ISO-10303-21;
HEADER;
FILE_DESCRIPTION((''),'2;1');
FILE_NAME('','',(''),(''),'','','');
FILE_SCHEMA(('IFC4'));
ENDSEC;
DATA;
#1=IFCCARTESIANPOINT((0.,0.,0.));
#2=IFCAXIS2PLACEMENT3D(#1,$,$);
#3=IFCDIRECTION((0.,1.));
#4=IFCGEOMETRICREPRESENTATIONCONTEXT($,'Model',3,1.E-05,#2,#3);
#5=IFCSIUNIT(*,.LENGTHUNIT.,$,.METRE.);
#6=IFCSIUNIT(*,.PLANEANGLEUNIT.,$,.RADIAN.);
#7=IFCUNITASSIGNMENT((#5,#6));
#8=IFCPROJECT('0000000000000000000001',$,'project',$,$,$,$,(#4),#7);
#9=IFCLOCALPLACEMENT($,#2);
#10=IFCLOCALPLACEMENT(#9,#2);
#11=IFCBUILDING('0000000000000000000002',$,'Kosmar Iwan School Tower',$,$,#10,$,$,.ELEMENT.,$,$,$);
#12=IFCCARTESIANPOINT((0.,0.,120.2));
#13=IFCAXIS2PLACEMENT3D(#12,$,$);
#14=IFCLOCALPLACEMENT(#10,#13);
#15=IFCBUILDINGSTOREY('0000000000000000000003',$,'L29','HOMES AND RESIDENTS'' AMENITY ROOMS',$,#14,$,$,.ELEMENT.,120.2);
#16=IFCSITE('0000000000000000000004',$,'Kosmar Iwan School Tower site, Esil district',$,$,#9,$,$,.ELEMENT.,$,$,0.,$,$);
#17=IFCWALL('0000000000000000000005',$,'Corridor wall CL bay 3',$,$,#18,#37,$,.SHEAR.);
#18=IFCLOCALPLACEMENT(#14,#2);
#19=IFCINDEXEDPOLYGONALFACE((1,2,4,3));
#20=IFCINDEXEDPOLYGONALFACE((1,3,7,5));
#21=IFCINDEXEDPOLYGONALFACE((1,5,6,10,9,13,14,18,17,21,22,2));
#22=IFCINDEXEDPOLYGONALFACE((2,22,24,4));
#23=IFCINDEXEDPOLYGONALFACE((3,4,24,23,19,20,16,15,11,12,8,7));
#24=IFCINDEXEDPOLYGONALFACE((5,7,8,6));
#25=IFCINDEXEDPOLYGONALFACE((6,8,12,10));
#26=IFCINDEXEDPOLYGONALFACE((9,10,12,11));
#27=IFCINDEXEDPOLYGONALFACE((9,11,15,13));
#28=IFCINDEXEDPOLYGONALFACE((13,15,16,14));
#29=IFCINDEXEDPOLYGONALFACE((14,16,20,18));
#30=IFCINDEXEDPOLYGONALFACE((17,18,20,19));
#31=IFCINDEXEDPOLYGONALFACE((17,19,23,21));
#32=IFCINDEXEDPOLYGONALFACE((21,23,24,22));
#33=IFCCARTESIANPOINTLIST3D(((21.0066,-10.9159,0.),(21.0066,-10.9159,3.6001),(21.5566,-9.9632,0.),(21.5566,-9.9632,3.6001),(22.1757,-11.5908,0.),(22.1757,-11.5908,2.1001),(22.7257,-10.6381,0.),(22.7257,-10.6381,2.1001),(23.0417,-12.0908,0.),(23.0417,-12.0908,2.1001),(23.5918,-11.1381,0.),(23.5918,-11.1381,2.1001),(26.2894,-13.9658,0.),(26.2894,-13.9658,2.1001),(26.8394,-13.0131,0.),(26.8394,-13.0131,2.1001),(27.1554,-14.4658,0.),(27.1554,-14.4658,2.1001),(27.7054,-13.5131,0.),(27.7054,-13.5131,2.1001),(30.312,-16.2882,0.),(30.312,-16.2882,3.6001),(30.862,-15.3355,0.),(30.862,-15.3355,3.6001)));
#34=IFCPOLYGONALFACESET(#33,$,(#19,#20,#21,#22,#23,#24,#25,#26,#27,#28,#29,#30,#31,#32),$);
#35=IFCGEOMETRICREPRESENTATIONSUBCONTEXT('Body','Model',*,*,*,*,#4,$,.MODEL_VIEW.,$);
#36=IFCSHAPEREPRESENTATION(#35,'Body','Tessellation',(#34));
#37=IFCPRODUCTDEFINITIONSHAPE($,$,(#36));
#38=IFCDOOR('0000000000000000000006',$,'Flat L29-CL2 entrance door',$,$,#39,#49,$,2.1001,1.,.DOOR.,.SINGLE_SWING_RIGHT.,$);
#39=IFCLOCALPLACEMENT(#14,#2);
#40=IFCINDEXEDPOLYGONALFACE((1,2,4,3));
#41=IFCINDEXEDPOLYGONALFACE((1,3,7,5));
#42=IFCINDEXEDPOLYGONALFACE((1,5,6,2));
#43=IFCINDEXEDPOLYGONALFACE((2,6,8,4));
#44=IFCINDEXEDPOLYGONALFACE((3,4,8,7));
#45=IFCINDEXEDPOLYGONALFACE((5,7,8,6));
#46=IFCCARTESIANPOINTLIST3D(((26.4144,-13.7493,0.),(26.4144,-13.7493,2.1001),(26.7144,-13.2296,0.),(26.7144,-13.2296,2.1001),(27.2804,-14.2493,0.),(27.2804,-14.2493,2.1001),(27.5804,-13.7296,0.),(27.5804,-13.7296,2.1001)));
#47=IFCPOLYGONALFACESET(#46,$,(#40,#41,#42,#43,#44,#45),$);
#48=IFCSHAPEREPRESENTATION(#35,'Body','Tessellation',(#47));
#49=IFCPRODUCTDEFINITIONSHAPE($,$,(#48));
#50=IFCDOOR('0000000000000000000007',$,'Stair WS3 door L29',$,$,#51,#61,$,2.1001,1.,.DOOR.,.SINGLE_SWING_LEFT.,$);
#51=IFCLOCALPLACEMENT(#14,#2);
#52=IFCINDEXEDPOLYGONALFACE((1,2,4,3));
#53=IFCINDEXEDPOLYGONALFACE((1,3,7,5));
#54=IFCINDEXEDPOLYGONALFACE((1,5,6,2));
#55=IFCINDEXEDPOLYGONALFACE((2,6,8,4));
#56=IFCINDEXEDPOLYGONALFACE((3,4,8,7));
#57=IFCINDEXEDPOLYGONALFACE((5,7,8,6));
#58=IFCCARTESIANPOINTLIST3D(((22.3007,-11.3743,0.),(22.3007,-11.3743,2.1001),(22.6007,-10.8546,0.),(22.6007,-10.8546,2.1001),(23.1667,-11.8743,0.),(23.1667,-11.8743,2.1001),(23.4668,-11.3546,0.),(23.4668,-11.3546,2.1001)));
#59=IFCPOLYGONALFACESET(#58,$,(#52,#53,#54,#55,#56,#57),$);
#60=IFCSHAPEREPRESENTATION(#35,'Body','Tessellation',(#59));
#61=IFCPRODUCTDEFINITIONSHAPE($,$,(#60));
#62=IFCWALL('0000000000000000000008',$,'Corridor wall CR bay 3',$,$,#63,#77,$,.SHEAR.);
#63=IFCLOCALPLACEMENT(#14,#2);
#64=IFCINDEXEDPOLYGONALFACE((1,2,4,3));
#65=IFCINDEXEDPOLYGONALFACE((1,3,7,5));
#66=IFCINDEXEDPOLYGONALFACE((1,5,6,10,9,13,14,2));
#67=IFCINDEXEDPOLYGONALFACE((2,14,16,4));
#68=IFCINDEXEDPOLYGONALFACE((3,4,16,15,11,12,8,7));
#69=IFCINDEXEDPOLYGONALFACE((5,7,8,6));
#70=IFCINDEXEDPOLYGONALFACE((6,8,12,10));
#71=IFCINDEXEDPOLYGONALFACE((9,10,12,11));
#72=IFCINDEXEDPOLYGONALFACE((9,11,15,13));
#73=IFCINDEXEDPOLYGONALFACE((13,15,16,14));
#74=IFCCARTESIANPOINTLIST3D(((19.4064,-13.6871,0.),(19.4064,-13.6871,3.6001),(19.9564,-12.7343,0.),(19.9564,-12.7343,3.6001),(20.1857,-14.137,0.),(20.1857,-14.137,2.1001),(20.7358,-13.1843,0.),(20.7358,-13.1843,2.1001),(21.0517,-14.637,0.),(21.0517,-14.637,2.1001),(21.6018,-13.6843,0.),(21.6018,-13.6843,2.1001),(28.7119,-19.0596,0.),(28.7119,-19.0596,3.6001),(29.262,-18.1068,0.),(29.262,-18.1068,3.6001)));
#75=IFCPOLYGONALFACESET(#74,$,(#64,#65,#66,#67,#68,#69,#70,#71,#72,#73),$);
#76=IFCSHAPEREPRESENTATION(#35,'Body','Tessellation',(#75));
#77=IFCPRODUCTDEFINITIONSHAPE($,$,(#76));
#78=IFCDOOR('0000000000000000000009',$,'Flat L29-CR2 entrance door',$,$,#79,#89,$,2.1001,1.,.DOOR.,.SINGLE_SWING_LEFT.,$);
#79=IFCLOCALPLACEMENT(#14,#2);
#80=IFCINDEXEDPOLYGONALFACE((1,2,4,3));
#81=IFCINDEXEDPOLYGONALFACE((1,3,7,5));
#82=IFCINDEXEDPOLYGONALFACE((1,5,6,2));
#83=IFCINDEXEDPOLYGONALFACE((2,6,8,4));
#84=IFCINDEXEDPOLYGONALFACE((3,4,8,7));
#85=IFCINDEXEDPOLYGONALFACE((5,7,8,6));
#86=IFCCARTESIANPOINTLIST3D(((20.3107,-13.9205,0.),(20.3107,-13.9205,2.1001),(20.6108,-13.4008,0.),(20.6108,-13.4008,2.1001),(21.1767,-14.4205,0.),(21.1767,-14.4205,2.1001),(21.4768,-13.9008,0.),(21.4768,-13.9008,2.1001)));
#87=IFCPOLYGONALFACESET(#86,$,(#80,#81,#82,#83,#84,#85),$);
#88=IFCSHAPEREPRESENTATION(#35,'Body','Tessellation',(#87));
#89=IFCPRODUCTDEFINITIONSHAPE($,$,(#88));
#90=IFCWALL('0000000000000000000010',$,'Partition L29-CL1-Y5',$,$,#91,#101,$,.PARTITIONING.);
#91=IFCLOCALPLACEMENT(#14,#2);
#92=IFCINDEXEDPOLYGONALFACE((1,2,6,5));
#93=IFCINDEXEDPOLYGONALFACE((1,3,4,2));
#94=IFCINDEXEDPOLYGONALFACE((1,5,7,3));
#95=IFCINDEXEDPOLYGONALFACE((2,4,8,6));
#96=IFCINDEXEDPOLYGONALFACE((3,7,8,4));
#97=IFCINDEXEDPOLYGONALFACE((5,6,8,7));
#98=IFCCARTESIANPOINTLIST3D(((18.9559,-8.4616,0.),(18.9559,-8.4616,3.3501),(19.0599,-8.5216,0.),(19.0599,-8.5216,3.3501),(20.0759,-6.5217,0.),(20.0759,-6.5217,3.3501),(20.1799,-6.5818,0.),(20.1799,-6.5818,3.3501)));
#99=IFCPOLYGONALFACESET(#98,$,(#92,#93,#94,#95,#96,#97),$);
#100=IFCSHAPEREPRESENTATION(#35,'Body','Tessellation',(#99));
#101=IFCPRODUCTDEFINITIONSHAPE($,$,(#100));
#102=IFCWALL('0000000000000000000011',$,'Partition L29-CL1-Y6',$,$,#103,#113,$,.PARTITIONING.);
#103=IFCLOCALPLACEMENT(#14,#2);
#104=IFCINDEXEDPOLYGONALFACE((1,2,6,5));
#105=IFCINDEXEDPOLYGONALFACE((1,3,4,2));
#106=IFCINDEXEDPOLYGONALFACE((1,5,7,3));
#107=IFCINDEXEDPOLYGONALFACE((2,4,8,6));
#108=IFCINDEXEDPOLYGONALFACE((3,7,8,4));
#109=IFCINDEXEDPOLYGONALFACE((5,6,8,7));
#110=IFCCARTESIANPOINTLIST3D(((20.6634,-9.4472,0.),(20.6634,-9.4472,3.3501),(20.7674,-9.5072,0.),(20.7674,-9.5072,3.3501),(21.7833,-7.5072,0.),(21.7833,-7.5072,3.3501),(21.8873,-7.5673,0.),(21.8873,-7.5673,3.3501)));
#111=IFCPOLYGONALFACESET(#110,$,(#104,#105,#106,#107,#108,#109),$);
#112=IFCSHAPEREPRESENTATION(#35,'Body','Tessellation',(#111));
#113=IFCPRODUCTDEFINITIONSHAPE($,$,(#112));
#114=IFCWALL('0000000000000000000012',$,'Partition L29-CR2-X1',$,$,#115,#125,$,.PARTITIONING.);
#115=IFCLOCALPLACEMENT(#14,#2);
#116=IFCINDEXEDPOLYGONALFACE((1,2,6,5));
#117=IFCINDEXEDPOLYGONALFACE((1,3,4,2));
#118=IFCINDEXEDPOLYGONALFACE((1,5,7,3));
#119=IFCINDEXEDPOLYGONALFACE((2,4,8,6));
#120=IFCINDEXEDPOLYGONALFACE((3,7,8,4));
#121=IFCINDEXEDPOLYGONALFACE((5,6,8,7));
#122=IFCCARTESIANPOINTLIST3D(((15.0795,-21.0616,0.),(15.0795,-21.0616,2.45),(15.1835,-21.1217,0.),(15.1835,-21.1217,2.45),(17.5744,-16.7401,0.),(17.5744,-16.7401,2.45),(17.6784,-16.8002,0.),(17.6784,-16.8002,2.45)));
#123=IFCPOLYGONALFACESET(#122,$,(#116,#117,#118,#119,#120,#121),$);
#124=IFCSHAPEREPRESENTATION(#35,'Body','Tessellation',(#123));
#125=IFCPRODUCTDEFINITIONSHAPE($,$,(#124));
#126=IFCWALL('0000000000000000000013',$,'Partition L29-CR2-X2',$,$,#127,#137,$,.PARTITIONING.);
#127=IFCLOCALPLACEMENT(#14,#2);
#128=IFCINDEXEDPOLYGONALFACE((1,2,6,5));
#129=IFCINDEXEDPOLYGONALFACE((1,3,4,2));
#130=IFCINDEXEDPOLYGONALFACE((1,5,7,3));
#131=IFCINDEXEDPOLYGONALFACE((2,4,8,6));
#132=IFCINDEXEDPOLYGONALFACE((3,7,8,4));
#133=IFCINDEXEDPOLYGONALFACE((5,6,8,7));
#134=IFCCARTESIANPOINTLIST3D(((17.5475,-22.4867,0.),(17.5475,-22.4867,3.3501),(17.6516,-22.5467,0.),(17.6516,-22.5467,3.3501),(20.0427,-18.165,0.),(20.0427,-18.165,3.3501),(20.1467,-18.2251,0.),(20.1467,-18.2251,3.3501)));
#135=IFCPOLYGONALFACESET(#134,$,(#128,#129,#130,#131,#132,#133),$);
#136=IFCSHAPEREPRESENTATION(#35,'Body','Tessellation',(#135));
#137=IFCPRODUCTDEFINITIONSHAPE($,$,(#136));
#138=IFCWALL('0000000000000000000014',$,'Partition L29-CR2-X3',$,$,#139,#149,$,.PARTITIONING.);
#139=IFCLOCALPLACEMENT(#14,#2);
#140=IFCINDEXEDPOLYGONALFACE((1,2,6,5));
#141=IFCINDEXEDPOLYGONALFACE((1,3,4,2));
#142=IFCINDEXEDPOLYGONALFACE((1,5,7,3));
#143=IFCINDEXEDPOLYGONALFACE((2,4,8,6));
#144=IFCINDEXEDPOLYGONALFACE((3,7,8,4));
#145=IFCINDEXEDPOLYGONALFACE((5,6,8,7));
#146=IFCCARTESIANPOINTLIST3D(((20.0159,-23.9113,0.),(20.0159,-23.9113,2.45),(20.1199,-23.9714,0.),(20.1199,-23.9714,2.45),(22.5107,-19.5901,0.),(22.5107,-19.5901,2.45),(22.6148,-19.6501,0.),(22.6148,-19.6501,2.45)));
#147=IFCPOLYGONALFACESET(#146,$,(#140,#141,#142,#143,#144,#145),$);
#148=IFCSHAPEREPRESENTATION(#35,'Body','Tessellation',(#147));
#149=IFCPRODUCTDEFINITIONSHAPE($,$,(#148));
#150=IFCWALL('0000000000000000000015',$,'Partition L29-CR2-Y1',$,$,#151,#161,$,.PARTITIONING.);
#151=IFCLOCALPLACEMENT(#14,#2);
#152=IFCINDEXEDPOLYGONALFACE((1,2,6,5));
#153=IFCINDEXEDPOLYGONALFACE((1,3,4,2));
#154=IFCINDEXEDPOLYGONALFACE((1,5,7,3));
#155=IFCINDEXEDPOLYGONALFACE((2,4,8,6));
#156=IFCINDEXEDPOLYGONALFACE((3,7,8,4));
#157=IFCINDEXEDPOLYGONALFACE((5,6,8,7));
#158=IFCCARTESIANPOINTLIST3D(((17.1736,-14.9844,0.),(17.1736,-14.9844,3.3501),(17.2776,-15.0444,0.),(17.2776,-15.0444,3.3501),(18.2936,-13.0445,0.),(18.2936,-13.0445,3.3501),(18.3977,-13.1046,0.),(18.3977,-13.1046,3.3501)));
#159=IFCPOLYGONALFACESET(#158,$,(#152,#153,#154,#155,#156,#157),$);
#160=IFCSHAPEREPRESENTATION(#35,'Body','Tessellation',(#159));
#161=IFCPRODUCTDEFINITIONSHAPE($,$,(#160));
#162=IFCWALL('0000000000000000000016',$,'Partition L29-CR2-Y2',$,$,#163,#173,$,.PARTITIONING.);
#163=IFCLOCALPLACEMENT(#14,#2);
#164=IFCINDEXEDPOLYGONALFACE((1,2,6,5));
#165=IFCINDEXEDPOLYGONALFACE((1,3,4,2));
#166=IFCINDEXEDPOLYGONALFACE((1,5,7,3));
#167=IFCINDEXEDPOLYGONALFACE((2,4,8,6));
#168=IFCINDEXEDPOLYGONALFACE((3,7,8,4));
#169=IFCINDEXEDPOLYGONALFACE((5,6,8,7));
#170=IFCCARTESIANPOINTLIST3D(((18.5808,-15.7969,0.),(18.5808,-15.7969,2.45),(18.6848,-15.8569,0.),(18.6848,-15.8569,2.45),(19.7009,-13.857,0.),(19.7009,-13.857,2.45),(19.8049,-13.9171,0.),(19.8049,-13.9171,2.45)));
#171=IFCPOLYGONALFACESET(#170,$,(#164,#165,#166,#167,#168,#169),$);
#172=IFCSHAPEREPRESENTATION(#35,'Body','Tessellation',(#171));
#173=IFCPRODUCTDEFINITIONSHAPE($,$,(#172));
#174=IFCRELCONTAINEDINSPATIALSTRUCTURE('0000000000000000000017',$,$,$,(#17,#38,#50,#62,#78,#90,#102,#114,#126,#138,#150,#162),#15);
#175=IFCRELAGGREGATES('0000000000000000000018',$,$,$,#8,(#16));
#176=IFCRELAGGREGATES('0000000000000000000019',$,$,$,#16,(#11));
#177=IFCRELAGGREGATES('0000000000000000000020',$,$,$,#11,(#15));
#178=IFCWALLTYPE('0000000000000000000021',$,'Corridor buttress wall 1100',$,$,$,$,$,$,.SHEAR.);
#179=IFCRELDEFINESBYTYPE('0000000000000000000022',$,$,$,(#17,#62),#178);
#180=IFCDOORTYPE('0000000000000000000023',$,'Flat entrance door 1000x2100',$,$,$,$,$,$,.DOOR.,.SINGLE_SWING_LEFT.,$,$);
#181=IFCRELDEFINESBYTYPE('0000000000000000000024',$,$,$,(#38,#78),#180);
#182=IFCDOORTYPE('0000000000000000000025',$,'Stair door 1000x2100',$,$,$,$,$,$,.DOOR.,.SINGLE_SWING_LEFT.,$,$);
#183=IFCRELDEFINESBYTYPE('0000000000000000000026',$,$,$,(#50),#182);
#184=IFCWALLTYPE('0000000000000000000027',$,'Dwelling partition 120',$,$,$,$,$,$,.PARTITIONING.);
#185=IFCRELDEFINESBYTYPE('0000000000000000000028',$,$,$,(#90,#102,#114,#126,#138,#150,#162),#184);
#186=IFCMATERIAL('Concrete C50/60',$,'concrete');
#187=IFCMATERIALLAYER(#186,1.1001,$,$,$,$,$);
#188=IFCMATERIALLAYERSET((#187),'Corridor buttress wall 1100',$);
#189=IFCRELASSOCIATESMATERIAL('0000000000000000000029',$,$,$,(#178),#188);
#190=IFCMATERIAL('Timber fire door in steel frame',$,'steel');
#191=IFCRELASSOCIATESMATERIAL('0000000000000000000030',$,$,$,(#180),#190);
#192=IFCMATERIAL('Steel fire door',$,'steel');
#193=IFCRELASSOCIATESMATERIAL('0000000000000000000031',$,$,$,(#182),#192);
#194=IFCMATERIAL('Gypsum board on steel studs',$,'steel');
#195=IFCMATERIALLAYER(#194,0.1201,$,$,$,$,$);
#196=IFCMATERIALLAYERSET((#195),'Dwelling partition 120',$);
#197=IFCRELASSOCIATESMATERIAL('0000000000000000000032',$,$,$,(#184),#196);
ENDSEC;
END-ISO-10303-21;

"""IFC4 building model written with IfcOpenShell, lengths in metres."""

from ifc_helpers import new_model, si_unit, direction, frame, frame_2d, origin, place, context, subcontext, project, spatial, rectangle, extrude, material, layer, layer_set, type_object, element, fill, save


model = new_model("IFC4")

# Units and contexts
model_context = context("Model", 3, precision=1e-05, world=origin(), true_north=direction((0.0, 1.0)))
body_context = subcontext(model_context, "Body", "Model", "MODEL_VIEW")
ifc_project = project(units=[si_unit("LENGTHUNIT", "METRE"), si_unit("PLANEANGLEUNIT", "RADIAN")], contexts=[model_context])

# Site, building, storey
site_placement = place(None, origin())
site = spatial("IfcSite", under=ifc_project, at=site_placement, Name="Kosmar Iwan School Tower site, Esil district", CompositionType="ELEMENT", RefElevation=0.0)
building_placement = place(site_placement, origin())
building = spatial("IfcBuilding", under=site, at=building_placement, Name="Kosmar Iwan School Tower", CompositionType="ELEMENT")
storey_placement = place(building_placement, frame((0.0, 0.0, 120.2)))
storey = spatial("IfcBuildingStorey", under=building, at=storey_placement, Name="L29", Description="HOMES AND RESIDENTS' AMENITY ROOMS", CompositionType="ELEMENT", Elevation=120.2)

# Wall, openings, doors
ifc_material_1 = material(Name="Concrete C50/60", Category="concrete")
ifc_layer_1 = layer(ifc_material_1, 1.1001)
ifc_layer_set_1 = layer_set([ifc_layer_1], Name="Corridor buttress wall 1100")
wall_type_1 = type_object("IfcWallType", Name="Corridor buttress wall 1100", PredefinedType="SHEAR", material=ifc_layer_set_1)
wall_1_placement = place(storey_placement, frame((21.2815, -10.4395, 0.0), z_axis=(0.0, 0.0, 1.0), x_axis=(0.866032, -0.499988, 0.0)))
wall_1 = element("IfcWall", 1, at=wall_1_placement, inside=storey, type_object=wall_type_1, Name="Corridor wall CL bay 3", PredefinedType="SHEAR", context=body_context, shape_type="SweptSolid", body=[
    extrude(rectangle(XDim=10.7449, YDim=1.1001, at=frame_2d((5.3726, 0.0))), origin(), (0.0, 0.0, 1.0), 3.6001),
])
opening_1_placement = place(wall_1_placement, frame((6.1001, 0.0, 0.0)))
opening_1 = element("IfcOpeningElement", 2, at=opening_1_placement, cuts=wall_1, PredefinedType="OPENING", context=body_context, shape_type="SweptSolid", body=[
    extrude(rectangle(XDim=1.0, YDim=2.1001, at=frame_2d((0.5, 1.05))), frame((0.0, 0.562, 0.0), z_axis=(0.0, -1.0, 0.0), x_axis=(1.0, 0.0, 0.0)), (0.0, 0.0, 1.0), 1.124),
])
opening_2_placement = place(wall_1_placement, frame((1.3501, 0.0, 0.0)))
opening_2 = element("IfcOpeningElement", 3, at=opening_2_placement, cuts=wall_1, PredefinedType="OPENING", context=body_context, shape_type="SweptSolid", body=[
    extrude(rectangle(XDim=1.0, YDim=2.1001, at=frame_2d((0.5, 1.05))), frame((0.0, 0.562, 0.0), z_axis=(0.0, -1.0, 0.0), x_axis=(1.0, 0.0, 0.0)), (0.0, 0.0, 1.0), 1.124),
])
ifc_material_2 = material(Name="Timber fire door in steel frame", Category="steel")
door_type_1 = type_object("IfcDoorType", Name="Flat entrance door 1000x2100", OperationType="SINGLE_SWING_LEFT", PredefinedType="DOOR", material=ifc_material_2)
door_1_placement = place(opening_1_placement, origin())
door_1 = element("IfcDoor", 4, at=door_1_placement, inside=storey, type_object=door_type_1, Name="Flat L29-CL2 entrance door", OperationType="SINGLE_SWING_RIGHT", OverallHeight=2.1001, OverallWidth=1.0, PredefinedType="DOOR", context=body_context, shape_type="SweptSolid", body=[
    extrude(rectangle(XDim=1.0, YDim=2.1001, at=frame_2d((0.5, 1.05))), frame((0.0, 0.3, 0.0), z_axis=(0.0, -1.0, 0.0), x_axis=(1.0, 0.0, 0.0)), (0.0, 0.0, 1.0), 0.6001),
])
fill(opening_1, door_1)
ifc_material_3 = material(Name="Steel fire door", Category="steel")
door_type_2 = type_object("IfcDoorType", Name="Stair door 1000x2100", OperationType="SINGLE_SWING_LEFT", PredefinedType="DOOR", material=ifc_material_3)
door_2_placement = place(opening_2_placement, origin())
door_2 = element("IfcDoor", 5, at=door_2_placement, inside=storey, type_object=door_type_2, Name="Stair WS3 door L29", OperationType="SINGLE_SWING_LEFT", OverallHeight=2.1001, OverallWidth=1.0, PredefinedType="DOOR", context=body_context, shape_type="SweptSolid", body=[
    extrude(rectangle(XDim=1.0, YDim=2.1001, at=frame_2d((0.5, 1.05))), frame((0.0, 0.3, 0.0), z_axis=(0.0, -1.0, 0.0), x_axis=(1.0, 0.0, 0.0)), (0.0, 0.0, 1.0), 0.6001),
])
fill(opening_2, door_2)

# Wall, opening, door
wall_2_placement = place(storey_placement, frame((19.6814, -13.2107, 0.0), z_axis=(0.0, 0.0, 1.0), x_axis=(0.866028, -0.499995, 0.0)))
wall_2 = element("IfcWall", 6, at=wall_2_placement, inside=storey, type_object=wall_type_1, Name="Corridor wall CR bay 3", PredefinedType="SHEAR", context=body_context, shape_type="SweptSolid", body=[
    extrude(rectangle(XDim=10.7451, YDim=1.1001, at=frame_2d((5.3726, 0.0))), origin(), (0.0, 0.0, 1.0), 3.6001),
])
opening_3_placement = place(wall_2_placement, frame((0.8999, 0.0, 0.0)))
opening_3 = element("IfcOpeningElement", 7, at=opening_3_placement, cuts=wall_2, PredefinedType="OPENING", context=body_context, shape_type="SweptSolid", body=[
    extrude(rectangle(XDim=1.0, YDim=2.1001, at=frame_2d((0.5, 1.05))), frame((0.0, 0.562, 0.0), z_axis=(0.0, -1.0, 0.0), x_axis=(1.0, 0.0, 0.0)), (0.0, 0.0, 1.0), 1.124),
])
door_3_placement = place(opening_3_placement, origin())
door_3 = element("IfcDoor", 8, at=door_3_placement, inside=storey, type_object=door_type_1, Name="Flat L29-CR2 entrance door", OperationType="SINGLE_SWING_LEFT", OverallHeight=2.1001, OverallWidth=1.0, PredefinedType="DOOR", context=body_context, shape_type="SweptSolid", body=[
    extrude(rectangle(XDim=1.0, YDim=2.1001, at=frame_2d((0.5, 1.05))), frame((0.0, 0.3, 0.0), z_axis=(0.0, -1.0, 0.0), x_axis=(1.0, 0.0, 0.0)), (0.0, 0.0, 1.0), 0.6001),
])
fill(opening_3, door_3)

# Walls
ifc_material_4 = material(Name="Gypsum board on steel studs", Category="steel")
ifc_layer_2 = layer(ifc_material_4, 0.1201)
ifc_layer_set_2 = layer_set([ifc_layer_2], Name="Dwelling partition 120")
wall_type_2 = type_object("IfcWallType", Name="Dwelling partition 120", PredefinedType="PARTITIONING", material=ifc_layer_set_2)
for number, where, z_axis, x_axis, name in (
    (9, (19.0078, -8.4917, 0.0), (0.0, 0.0, 1.0), (0.500031, 0.866008, 0.0), "Partition L29-CL1-Y5"),
    (10, (20.7153, -9.4773, 0.0), (0.0, 0.0, 1.0), (0.499949, 0.866055, 0.0), "Partition L29-CL1-Y6"),
):
    element("IfcWall", number, at=place(storey_placement, frame(where, z_axis=z_axis, x_axis=x_axis)), inside=storey, type_object=wall_type_2, Name=name, PredefinedType="PARTITIONING", context=body_context, shape_type="SweptSolid", body=[
        extrude(rectangle(XDim=2.24, YDim=0.1201, at=frame_2d((1.1201, 0.0))), origin(), (0.0, 0.0, 1.0), 3.3501),
    ])
wall_3_placement = place(storey_placement, frame((17.6265, -16.77, 0.0), z_axis=(0.0, 0.0, 1.0), x_axis=(-0.499975, -0.86604, 0.0)))
element("IfcWall", 11, at=wall_3_placement, inside=storey, type_object=wall_type_2, Name="Partition L29-CR2-X1", PredefinedType="PARTITIONING", context=body_context, shape_type="SweptSolid", body=[
    extrude(rectangle(XDim=4.99, YDim=0.1201, at=frame_2d((2.4951, 0.0))), origin(), (0.0, 0.0, 1.0), 2.45),
])
wall_4_placement = place(storey_placement, frame((20.0947, -18.1951, 0.0), z_axis=(0.0, 0.0, 1.0), x_axis=(-0.500012, -0.866019, 0.0)))
element("IfcWall", 12, at=wall_4_placement, inside=storey, type_object=wall_type_2, Name="Partition L29-CR2-X2", PredefinedType="PARTITIONING", context=body_context, shape_type="SweptSolid", body=[
    extrude(rectangle(XDim=4.9902, YDim=0.1201, at=frame_2d((2.4951, 0.0))), origin(), (0.0, 0.0, 1.0), 3.3501),
])
wall_5_placement = place(storey_placement, frame((22.5627, -19.6201, 0.0), z_axis=(0.0, 0.0, 1.0), x_axis=(-0.499996, -0.866028, 0.0)))
element("IfcWall", 13, at=wall_5_placement, inside=storey, type_object=wall_type_2, Name="Partition L29-CR2-X3", PredefinedType="PARTITIONING", context=body_context, shape_type="SweptSolid", body=[
    extrude(rectangle(XDim=4.9897, YDim=0.1201, at=frame_2d((2.4949, 0.0))), origin(), (0.0, 0.0, 1.0), 2.45),
])
wall_6_placement = place(storey_placement, frame((18.3457, -13.0745, 0.0), z_axis=(0.0, 0.0, 1.0), x_axis=(-0.500031, -0.866008, 0.0)))
element("IfcWall", 14, at=wall_6_placement, inside=storey, type_object=wall_type_2, Name="Partition L29-CR2-Y1", PredefinedType="PARTITIONING", context=body_context, shape_type="SweptSolid", body=[
    extrude(rectangle(XDim=2.24, YDim=0.1201, at=frame_2d((1.1201, 0.0))), origin(), (0.0, 0.0, 1.0), 3.3501),
])
wall_7_placement = place(storey_placement, frame((19.7529, -13.887, 0.0), z_axis=(0.0, 0.0, 1.0), x_axis=(-0.500031, -0.866008, 0.0)))
element("IfcWall", 15, at=wall_7_placement, inside=storey, type_object=wall_type_2, Name="Partition L29-CR2-Y2", PredefinedType="PARTITIONING", context=body_context, shape_type="SweptSolid", body=[
    extrude(rectangle(XDim=2.24, YDim=0.1201, at=frame_2d((1.1201, 0.0))), origin(), (0.0, 0.0, 1.0), 2.45),
])

save(model, "model.ifc")
